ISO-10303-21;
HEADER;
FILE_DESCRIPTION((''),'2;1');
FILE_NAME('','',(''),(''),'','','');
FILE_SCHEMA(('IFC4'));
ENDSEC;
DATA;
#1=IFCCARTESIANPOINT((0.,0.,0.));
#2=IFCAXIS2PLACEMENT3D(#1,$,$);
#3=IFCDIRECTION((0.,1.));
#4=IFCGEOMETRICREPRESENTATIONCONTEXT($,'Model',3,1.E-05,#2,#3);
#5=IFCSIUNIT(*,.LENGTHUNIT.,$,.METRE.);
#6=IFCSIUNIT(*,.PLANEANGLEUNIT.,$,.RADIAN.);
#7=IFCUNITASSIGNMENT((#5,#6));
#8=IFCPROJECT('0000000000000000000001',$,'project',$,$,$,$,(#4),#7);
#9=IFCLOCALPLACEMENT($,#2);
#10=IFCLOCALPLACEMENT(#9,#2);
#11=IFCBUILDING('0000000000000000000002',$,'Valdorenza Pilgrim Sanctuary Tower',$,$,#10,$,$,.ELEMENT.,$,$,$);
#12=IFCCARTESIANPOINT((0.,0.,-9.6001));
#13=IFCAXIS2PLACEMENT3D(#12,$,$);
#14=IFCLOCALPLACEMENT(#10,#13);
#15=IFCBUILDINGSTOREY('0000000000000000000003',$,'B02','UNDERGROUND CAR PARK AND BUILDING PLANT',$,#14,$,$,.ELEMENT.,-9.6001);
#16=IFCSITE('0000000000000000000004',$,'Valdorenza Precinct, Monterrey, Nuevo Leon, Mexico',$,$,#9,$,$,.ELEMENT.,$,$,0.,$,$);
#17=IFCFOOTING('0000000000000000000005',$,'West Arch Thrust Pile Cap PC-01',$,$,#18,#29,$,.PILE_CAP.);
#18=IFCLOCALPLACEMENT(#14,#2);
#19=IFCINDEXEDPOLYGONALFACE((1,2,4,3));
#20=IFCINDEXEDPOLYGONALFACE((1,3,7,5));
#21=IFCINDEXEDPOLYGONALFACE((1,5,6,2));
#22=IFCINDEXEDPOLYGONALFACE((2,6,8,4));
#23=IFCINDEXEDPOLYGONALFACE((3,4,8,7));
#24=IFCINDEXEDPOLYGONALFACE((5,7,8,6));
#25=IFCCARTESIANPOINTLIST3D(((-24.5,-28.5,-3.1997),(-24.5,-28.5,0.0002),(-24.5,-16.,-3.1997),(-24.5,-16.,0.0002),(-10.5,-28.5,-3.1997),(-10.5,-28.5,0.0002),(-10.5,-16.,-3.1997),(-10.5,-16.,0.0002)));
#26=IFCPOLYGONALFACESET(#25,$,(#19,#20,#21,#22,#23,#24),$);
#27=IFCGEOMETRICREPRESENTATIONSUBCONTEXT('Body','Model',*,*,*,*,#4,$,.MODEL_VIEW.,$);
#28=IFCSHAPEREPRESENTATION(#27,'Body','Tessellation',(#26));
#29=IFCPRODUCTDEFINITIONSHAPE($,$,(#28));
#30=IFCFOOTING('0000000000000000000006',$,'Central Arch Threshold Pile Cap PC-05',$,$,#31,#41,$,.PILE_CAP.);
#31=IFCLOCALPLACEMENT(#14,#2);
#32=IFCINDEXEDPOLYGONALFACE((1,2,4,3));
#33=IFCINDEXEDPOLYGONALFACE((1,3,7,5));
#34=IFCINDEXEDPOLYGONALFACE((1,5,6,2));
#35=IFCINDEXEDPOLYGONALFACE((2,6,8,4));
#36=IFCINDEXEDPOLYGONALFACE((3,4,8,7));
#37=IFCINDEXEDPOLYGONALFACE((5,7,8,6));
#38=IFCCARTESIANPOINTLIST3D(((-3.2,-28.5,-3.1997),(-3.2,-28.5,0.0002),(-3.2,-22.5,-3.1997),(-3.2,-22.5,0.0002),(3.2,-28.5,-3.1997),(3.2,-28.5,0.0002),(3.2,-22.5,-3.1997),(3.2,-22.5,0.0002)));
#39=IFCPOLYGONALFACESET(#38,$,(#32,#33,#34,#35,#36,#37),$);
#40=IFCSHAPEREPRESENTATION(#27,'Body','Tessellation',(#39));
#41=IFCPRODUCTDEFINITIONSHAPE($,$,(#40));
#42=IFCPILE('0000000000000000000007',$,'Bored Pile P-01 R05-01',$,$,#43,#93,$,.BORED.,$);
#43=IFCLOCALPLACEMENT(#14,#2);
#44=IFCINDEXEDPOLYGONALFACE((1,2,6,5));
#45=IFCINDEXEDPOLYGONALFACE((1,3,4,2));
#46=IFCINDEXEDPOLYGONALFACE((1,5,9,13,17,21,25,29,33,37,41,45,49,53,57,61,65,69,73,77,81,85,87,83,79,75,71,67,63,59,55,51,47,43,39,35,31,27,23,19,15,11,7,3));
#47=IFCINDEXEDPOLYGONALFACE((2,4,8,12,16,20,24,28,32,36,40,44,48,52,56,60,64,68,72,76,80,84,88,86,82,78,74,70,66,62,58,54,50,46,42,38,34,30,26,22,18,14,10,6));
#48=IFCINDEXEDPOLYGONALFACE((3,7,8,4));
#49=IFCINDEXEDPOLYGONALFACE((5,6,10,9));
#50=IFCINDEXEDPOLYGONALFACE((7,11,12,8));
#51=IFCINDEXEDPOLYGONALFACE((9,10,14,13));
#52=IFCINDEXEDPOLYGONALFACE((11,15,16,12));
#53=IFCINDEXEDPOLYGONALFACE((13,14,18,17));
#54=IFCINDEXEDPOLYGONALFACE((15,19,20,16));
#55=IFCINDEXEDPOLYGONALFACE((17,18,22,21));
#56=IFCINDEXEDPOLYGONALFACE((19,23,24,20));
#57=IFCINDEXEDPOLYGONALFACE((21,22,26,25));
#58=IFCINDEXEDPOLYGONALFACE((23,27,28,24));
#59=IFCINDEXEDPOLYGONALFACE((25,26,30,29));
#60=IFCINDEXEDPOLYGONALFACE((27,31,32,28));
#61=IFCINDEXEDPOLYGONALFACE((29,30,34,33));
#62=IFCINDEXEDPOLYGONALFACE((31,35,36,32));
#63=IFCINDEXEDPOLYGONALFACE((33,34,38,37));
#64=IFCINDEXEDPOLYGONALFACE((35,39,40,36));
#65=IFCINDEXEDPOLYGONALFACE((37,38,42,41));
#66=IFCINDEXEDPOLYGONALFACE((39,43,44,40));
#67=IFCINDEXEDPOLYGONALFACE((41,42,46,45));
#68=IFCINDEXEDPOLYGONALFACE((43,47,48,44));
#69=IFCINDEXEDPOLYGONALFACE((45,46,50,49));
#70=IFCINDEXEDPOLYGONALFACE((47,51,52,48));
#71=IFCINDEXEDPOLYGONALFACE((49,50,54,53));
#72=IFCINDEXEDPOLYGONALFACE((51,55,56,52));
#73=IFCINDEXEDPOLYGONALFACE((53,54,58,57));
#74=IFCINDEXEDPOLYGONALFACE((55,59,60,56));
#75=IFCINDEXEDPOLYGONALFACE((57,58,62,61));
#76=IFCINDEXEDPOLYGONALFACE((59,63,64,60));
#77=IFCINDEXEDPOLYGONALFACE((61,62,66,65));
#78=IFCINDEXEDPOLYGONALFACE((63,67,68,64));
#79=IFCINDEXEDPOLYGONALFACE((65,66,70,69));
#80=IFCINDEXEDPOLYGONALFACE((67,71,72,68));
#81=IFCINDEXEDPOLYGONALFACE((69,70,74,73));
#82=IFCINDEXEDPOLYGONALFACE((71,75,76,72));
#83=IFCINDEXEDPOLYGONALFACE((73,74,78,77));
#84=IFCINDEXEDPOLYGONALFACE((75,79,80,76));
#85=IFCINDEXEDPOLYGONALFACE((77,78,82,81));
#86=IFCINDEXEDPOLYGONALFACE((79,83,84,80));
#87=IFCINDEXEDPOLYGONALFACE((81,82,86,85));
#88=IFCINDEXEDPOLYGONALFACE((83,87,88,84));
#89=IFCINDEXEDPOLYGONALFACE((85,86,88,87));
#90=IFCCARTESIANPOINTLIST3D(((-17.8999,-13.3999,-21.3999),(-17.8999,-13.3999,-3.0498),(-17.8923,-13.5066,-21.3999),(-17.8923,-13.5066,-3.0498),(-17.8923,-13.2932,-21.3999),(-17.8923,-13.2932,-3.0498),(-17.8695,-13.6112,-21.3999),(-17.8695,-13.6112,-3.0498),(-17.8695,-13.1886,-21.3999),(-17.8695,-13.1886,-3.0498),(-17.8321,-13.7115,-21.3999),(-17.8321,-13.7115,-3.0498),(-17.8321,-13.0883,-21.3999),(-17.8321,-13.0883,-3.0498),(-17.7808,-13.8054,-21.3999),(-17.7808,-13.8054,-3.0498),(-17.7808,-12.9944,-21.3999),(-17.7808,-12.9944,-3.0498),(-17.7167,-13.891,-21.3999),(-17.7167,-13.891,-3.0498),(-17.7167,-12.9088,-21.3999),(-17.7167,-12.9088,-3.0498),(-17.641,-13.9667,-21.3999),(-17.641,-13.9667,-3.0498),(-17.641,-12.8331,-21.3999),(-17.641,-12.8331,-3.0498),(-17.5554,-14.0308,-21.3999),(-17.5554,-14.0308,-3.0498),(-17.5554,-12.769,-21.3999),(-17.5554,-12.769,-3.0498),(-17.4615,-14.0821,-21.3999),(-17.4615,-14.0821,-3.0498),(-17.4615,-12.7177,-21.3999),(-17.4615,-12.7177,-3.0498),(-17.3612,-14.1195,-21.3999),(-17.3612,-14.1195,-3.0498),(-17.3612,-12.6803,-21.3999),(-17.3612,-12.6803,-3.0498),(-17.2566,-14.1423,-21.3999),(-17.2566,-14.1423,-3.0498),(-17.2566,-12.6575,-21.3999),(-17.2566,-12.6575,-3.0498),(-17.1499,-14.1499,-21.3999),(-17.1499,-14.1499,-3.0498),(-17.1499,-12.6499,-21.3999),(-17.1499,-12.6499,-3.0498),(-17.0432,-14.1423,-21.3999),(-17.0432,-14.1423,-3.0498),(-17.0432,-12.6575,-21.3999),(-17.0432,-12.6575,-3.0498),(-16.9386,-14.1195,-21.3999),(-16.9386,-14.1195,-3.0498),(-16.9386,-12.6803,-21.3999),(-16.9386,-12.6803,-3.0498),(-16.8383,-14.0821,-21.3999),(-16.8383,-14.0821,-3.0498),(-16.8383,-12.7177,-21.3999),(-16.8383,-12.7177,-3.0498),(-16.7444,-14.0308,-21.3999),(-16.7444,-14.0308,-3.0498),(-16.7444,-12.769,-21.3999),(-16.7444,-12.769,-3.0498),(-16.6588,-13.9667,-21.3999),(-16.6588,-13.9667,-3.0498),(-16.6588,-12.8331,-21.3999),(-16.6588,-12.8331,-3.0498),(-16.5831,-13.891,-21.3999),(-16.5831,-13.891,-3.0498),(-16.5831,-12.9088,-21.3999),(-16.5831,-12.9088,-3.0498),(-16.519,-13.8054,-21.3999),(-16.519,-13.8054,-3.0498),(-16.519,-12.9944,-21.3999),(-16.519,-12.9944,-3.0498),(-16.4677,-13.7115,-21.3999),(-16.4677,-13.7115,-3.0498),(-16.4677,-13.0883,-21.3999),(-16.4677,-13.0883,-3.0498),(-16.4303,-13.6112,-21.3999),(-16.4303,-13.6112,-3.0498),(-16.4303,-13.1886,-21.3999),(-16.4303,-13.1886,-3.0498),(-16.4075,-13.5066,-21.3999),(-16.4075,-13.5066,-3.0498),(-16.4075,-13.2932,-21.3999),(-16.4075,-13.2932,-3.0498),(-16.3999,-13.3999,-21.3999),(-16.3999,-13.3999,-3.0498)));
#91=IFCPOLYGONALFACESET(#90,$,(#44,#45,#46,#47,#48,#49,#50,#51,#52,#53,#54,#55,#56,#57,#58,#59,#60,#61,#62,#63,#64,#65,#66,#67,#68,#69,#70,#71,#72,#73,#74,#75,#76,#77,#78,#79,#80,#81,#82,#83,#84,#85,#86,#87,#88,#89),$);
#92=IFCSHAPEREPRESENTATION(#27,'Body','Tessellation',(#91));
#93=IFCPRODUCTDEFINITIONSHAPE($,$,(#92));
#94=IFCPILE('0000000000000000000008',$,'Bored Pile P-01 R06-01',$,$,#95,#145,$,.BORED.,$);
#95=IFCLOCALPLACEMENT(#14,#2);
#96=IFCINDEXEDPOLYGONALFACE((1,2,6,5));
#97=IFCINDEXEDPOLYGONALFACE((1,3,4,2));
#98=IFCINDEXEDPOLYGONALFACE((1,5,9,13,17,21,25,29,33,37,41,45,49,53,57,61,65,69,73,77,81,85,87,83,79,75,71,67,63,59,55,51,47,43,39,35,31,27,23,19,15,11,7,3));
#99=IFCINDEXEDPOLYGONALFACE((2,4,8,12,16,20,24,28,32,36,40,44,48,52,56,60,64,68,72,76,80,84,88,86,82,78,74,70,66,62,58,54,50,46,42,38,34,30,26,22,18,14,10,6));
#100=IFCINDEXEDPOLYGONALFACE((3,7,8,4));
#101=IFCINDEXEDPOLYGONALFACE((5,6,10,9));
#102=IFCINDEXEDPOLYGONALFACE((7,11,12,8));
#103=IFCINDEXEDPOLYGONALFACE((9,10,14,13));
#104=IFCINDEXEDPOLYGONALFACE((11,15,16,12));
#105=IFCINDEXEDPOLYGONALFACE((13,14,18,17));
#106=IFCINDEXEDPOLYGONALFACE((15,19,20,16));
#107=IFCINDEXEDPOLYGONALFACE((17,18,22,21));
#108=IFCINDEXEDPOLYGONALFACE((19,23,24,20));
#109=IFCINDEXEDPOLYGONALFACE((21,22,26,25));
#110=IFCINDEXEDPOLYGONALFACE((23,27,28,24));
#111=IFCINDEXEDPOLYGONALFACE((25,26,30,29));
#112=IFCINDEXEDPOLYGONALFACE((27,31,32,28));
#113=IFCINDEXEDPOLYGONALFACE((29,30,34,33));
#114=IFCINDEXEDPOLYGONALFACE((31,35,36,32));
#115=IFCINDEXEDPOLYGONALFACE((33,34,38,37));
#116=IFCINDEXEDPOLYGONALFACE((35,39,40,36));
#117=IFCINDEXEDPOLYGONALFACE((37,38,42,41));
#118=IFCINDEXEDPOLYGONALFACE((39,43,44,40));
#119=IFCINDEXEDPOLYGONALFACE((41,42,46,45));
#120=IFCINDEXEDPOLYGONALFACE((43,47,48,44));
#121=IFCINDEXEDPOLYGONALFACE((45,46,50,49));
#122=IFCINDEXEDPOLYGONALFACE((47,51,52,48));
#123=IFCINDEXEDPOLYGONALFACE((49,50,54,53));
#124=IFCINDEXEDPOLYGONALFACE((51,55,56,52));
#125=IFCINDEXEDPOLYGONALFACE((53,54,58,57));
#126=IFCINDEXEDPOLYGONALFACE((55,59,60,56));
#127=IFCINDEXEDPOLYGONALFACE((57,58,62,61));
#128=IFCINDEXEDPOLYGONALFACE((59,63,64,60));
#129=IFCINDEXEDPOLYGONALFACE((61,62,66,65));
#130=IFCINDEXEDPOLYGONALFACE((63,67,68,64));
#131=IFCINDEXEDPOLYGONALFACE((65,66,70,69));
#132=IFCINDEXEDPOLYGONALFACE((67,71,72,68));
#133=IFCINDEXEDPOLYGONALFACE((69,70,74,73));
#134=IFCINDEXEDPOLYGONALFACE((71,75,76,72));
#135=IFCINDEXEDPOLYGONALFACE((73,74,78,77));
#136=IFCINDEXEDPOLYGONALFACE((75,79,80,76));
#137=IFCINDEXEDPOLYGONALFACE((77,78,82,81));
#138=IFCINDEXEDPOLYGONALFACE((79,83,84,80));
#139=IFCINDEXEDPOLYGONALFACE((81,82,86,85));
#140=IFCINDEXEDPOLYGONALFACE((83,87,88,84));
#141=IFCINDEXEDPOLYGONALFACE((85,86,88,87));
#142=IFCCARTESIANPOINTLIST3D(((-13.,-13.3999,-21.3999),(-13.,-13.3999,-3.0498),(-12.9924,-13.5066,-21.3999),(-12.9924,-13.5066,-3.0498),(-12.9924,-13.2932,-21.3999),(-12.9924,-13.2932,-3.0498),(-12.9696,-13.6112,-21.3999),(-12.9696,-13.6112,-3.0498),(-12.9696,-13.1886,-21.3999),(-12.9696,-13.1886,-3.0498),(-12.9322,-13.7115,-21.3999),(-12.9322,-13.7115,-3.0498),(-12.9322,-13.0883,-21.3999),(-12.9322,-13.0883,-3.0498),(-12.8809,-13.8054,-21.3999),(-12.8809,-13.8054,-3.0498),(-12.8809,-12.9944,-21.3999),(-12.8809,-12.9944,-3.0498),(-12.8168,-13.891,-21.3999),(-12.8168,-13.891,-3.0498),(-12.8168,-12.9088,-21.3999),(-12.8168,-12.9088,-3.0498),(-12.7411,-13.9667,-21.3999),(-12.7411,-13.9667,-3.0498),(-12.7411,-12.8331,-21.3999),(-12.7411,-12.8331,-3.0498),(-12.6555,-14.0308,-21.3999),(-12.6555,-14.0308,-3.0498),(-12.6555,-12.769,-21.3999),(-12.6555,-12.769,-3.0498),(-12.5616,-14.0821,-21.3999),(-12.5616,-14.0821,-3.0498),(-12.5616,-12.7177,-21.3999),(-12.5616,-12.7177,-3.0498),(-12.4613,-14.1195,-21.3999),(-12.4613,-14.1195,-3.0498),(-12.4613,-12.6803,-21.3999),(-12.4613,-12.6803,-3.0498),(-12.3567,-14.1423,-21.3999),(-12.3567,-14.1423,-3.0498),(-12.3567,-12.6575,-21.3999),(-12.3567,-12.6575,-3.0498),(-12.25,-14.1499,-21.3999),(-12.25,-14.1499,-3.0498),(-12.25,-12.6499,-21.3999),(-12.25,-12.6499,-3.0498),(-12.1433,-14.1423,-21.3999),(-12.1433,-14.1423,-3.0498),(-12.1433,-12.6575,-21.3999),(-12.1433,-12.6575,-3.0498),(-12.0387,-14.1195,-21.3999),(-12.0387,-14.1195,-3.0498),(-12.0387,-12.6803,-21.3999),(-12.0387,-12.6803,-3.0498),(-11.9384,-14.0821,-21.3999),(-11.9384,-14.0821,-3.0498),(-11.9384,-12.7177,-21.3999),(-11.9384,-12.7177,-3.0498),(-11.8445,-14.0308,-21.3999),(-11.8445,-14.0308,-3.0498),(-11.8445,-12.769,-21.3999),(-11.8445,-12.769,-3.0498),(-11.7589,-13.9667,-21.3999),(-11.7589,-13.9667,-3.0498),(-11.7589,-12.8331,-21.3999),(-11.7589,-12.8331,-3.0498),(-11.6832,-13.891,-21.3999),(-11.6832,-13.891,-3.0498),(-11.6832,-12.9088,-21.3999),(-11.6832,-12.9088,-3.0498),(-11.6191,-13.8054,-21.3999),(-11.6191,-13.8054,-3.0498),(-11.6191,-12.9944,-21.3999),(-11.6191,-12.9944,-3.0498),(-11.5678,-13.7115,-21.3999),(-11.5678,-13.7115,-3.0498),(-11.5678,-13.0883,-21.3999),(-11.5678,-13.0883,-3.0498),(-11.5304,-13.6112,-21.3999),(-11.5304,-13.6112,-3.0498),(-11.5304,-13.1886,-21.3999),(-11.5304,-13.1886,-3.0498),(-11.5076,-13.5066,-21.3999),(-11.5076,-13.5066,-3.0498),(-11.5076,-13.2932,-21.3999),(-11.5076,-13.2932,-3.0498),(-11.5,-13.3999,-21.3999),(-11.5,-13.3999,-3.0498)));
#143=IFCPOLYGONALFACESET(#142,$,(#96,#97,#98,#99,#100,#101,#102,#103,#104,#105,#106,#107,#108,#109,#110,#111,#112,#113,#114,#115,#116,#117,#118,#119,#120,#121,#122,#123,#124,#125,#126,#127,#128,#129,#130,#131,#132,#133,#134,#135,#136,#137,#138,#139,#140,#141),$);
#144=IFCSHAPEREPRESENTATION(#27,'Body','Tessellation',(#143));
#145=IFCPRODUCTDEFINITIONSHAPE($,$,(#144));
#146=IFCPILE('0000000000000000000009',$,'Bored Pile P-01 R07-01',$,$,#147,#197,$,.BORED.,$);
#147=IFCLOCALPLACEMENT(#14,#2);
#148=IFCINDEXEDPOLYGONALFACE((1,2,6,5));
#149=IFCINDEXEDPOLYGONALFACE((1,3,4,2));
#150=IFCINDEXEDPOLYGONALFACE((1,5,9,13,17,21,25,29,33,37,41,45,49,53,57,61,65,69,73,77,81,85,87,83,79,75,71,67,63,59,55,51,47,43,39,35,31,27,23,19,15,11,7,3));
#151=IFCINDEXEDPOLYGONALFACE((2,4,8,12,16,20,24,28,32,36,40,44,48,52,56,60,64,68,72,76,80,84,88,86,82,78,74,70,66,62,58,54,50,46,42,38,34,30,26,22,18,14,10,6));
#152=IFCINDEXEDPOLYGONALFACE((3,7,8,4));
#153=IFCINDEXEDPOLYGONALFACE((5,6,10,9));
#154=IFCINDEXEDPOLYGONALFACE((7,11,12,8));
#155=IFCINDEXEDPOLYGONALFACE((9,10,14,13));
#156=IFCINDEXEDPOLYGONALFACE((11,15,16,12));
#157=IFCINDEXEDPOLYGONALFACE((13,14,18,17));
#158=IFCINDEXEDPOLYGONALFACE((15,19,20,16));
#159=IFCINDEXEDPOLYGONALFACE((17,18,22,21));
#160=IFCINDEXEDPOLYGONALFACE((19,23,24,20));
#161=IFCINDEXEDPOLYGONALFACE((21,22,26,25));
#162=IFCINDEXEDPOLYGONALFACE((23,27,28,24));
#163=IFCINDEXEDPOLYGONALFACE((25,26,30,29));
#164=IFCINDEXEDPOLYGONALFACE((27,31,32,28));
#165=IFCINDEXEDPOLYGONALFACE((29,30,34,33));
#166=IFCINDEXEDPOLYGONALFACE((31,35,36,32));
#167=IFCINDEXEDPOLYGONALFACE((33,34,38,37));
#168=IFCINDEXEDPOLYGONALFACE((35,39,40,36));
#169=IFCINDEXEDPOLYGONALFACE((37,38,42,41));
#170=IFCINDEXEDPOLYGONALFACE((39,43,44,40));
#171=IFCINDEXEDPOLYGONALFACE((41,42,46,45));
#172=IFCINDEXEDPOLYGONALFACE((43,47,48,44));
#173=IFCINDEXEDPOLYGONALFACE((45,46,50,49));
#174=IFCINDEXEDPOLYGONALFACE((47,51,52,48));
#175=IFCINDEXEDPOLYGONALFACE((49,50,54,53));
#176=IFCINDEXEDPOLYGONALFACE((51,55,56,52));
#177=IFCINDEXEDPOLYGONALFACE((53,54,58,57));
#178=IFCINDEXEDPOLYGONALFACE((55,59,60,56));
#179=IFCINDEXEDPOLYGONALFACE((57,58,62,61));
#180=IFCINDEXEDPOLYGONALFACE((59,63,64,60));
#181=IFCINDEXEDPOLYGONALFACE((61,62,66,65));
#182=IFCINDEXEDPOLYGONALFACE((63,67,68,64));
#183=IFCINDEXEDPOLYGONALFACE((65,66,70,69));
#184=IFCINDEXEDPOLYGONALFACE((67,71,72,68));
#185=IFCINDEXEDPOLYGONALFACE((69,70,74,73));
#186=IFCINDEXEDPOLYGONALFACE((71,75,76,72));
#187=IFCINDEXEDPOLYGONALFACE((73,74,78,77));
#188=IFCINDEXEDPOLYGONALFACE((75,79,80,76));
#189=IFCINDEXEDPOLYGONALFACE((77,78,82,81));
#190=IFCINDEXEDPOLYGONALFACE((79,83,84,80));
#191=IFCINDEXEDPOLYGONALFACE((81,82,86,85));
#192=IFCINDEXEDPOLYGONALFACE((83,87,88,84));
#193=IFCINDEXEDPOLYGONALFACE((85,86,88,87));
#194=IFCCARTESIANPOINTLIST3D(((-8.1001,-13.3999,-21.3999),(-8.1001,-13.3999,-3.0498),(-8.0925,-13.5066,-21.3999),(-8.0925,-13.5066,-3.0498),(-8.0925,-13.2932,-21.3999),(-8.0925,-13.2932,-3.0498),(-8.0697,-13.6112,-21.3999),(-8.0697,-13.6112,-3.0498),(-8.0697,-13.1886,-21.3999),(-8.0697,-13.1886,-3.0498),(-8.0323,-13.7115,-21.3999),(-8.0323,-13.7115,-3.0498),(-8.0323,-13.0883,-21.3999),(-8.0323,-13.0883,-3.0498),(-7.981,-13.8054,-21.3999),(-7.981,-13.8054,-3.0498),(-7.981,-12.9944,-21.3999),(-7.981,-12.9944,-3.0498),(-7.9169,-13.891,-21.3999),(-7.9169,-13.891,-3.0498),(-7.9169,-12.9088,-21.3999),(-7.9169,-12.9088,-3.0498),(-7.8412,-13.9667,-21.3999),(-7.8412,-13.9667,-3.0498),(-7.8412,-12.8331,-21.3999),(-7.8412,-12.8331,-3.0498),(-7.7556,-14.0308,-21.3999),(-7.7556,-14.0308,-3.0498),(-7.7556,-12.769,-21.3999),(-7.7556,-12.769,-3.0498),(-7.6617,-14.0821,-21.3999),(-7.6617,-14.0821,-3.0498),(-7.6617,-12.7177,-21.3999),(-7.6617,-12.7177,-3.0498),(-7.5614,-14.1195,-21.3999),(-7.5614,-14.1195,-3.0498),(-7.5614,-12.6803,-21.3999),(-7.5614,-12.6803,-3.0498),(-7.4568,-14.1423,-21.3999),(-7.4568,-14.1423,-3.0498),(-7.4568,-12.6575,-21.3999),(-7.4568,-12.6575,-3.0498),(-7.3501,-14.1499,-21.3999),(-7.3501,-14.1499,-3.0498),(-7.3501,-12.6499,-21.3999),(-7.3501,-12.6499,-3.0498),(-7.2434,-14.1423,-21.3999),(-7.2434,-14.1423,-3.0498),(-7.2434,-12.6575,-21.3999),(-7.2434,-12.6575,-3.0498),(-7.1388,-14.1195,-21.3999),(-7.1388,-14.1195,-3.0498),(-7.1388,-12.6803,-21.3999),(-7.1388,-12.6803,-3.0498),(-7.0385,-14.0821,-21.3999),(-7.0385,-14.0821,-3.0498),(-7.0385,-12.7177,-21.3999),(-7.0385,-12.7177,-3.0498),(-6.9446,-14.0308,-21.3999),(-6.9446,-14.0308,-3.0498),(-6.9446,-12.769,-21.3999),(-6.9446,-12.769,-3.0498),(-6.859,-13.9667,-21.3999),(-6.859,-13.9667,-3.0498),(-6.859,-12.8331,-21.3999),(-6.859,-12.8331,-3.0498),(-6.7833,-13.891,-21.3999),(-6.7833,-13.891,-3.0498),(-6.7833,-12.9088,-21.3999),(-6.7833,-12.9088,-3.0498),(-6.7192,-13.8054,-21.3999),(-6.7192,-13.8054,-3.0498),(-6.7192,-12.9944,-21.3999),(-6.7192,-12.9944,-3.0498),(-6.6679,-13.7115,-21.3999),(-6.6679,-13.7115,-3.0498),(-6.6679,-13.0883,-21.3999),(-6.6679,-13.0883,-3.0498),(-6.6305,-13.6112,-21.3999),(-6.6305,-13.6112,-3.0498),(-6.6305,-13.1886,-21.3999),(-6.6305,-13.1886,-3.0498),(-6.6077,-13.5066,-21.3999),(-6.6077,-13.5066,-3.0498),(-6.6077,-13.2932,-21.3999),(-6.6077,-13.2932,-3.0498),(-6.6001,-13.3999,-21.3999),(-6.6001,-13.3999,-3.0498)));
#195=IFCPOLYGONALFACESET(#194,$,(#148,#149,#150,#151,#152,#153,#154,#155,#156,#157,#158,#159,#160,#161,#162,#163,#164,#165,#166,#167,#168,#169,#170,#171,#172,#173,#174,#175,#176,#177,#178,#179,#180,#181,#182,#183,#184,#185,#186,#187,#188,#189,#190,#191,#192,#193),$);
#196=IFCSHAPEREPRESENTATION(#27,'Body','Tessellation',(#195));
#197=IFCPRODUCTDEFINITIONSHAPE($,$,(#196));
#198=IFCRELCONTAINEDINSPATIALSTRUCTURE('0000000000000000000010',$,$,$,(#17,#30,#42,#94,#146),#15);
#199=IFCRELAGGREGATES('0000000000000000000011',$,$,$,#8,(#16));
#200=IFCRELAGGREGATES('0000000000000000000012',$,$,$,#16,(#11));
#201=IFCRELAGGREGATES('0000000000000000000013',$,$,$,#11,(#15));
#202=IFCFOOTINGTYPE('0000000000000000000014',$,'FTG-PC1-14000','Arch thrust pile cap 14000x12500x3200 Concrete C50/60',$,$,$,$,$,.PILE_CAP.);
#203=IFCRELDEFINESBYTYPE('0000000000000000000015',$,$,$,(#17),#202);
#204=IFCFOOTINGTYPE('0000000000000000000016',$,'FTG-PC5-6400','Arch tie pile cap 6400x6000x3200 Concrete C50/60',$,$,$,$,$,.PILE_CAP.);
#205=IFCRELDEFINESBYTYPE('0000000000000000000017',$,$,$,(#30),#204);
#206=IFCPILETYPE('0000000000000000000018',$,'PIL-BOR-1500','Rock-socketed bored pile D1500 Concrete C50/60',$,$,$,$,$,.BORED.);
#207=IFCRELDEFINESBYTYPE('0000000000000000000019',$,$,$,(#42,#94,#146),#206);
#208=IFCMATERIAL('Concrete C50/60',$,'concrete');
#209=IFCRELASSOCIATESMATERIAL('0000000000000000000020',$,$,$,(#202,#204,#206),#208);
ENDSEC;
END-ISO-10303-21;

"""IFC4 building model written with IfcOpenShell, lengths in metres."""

from ifc_helpers import new_model, si_unit, direction, frame, origin, origin_2d, place, context, subcontext, project, spatial, rectangle, circle, extrude, source, transform, mapped, material, material_profile, profile_set, type_object, element, save


model = new_model("IFC4")

# Units and contexts
model_context = context("Model", 3, precision=1e-05, world=origin(), true_north=direction((0.0, 1.0)))
body_context = subcontext(model_context, "Body", "Model", "MODEL_VIEW")
ifc_project = project(units=[si_unit("LENGTHUNIT", "METRE"), si_unit("PLANEANGLEUNIT", "RADIAN")], contexts=[model_context])

# Site, building, storey
site_placement = place(None, origin())
site = spatial("IfcSite", under=ifc_project, at=site_placement, Name="Valdorenza Precinct, Monterrey, Nuevo Leon, Mexico", CompositionType="ELEMENT", RefElevation=0.0)
building_placement = place(site_placement, origin())
building = spatial("IfcBuilding", under=site, at=building_placement, Name="Valdorenza Pilgrim Sanctuary Tower", CompositionType="ELEMENT")
storey_placement = place(building_placement, frame((0.0, 0.0, -9.6001)))
storey = spatial("IfcBuildingStorey", under=building, at=storey_placement, Name="B02", Description="UNDERGROUND CAR PARK AND BUILDING PLANT", CompositionType="ELEMENT", Elevation=-9.6001)

# Footings
ifc_material_1 = material(Name="Concrete C50/60", Category="concrete")
footing_type_1 = type_object("IfcFootingType", Name="FTG-PC1-14000", Description="Arch thrust pile cap 14000x12500x3200 Concrete C50/60", PredefinedType="PILE_CAP", material=ifc_material_1)
shared_shape_1 = source(origin(), body_context, "Body", "SweptSolid", [
    extrude(rectangle(XDim=14.0, YDim=12.5, at=origin_2d()), origin(), (0.0, 0.0, 1.0), 3.2),
])
footing_1_placement = place(storey_placement, frame((-17.5, -22.25, -3.1997), z_axis=(0.0, 0.0, 1.0), x_axis=(1.0, 0.0, 0.0)))
element("IfcFooting", 1, at=footing_1_placement, inside=storey, type_object=footing_type_1, Name="West Arch Thrust Pile Cap PC-01", PredefinedType="PILE_CAP", context=body_context, shape_type="MappedRepresentation", body=[
    mapped(shared_shape_1, transform((0.0, 0.0, 0.0), x_axis=(1.0, 0.0, 0.0), y_axis=(0.0, 1.0, 0.0), z_axis=(0.0, 0.0, 1.0), scale=1.0)),
])
footing_type_2 = type_object("IfcFootingType", Name="FTG-PC5-6400", Description="Arch tie pile cap 6400x6000x3200 Concrete C50/60", PredefinedType="PILE_CAP", material=ifc_material_1)
shared_shape_2 = source(origin(), body_context, "Body", "SweptSolid", [
    extrude(rectangle(XDim=6.3999, YDim=6.0, at=origin_2d()), origin(), (0.0, 0.0, 1.0), 3.2),
])
footing_2_placement = place(storey_placement, frame((0.0, -25.5, -3.1997), z_axis=(0.0, 0.0, 1.0), x_axis=(1.0, 0.0, 0.0)))
element("IfcFooting", 2, at=footing_2_placement, inside=storey, type_object=footing_type_2, Name="Central Arch Threshold Pile Cap PC-05", PredefinedType="PILE_CAP", context=body_context, shape_type="MappedRepresentation", body=[
    mapped(shared_shape_2, transform((0.0, 0.0, 0.0), x_axis=(1.0, 0.0, 0.0), y_axis=(0.0, 1.0, 0.0), z_axis=(0.0, 0.0, 1.0), scale=1.0)),
])

# Piles
ifc_material_profile_1 = material_profile(ifc_material_1, circle(Radius=0.75, at=origin_2d()), Name="BORED PILE 1500")
ifc_profile_set_1 = profile_set([ifc_material_profile_1], Name="Concrete C50/60")
pile_type_1 = type_object("IfcPileType", Name="PIL-BOR-1500", Description="Rock-socketed bored pile D1500 Concrete C50/60", PredefinedType="BORED", material=ifc_profile_set_1)
shared_shape_3 = source(origin(), body_context, "Body", "SweptSolid", [
    extrude(circle(Radius=0.75, at=origin_2d()), origin(), (0.0, 0.0, 1.0), 18.3501),
])
for number, where, z_axis, x_axis, name in (
    (3, (-17.1499, -13.3999, -3.0498), (0.0, 0.0, -1.0), (1.0, 0.0, 0.0), "Bored Pile P-01 R05-01"),
    (4, (-12.25, -13.3999, -3.0498), (0.0, 0.0, -1.0), (1.0, 0.0, 0.0), "Bored Pile P-01 R06-01"),
    (5, (-7.3501, -13.3999, -3.0498), (0.0, 0.0, -1.0), (1.0, 0.0, 0.0), "Bored Pile P-01 R07-01"),
):
    element("IfcPile", number, at=place(storey_placement, frame(where, z_axis=z_axis, x_axis=x_axis)), inside=storey, type_object=pile_type_1, Name=name, PredefinedType="BORED", context=body_context, shape_type="MappedRepresentation", body=[
        mapped(shared_shape_3, transform((0.0, 0.0, 0.0), x_axis=(1.0, 0.0, 0.0), y_axis=(0.0, 1.0, 0.0), z_axis=(0.0, 0.0, 1.0), scale=1.0)),
    ])

save(model, "model.ifc")
